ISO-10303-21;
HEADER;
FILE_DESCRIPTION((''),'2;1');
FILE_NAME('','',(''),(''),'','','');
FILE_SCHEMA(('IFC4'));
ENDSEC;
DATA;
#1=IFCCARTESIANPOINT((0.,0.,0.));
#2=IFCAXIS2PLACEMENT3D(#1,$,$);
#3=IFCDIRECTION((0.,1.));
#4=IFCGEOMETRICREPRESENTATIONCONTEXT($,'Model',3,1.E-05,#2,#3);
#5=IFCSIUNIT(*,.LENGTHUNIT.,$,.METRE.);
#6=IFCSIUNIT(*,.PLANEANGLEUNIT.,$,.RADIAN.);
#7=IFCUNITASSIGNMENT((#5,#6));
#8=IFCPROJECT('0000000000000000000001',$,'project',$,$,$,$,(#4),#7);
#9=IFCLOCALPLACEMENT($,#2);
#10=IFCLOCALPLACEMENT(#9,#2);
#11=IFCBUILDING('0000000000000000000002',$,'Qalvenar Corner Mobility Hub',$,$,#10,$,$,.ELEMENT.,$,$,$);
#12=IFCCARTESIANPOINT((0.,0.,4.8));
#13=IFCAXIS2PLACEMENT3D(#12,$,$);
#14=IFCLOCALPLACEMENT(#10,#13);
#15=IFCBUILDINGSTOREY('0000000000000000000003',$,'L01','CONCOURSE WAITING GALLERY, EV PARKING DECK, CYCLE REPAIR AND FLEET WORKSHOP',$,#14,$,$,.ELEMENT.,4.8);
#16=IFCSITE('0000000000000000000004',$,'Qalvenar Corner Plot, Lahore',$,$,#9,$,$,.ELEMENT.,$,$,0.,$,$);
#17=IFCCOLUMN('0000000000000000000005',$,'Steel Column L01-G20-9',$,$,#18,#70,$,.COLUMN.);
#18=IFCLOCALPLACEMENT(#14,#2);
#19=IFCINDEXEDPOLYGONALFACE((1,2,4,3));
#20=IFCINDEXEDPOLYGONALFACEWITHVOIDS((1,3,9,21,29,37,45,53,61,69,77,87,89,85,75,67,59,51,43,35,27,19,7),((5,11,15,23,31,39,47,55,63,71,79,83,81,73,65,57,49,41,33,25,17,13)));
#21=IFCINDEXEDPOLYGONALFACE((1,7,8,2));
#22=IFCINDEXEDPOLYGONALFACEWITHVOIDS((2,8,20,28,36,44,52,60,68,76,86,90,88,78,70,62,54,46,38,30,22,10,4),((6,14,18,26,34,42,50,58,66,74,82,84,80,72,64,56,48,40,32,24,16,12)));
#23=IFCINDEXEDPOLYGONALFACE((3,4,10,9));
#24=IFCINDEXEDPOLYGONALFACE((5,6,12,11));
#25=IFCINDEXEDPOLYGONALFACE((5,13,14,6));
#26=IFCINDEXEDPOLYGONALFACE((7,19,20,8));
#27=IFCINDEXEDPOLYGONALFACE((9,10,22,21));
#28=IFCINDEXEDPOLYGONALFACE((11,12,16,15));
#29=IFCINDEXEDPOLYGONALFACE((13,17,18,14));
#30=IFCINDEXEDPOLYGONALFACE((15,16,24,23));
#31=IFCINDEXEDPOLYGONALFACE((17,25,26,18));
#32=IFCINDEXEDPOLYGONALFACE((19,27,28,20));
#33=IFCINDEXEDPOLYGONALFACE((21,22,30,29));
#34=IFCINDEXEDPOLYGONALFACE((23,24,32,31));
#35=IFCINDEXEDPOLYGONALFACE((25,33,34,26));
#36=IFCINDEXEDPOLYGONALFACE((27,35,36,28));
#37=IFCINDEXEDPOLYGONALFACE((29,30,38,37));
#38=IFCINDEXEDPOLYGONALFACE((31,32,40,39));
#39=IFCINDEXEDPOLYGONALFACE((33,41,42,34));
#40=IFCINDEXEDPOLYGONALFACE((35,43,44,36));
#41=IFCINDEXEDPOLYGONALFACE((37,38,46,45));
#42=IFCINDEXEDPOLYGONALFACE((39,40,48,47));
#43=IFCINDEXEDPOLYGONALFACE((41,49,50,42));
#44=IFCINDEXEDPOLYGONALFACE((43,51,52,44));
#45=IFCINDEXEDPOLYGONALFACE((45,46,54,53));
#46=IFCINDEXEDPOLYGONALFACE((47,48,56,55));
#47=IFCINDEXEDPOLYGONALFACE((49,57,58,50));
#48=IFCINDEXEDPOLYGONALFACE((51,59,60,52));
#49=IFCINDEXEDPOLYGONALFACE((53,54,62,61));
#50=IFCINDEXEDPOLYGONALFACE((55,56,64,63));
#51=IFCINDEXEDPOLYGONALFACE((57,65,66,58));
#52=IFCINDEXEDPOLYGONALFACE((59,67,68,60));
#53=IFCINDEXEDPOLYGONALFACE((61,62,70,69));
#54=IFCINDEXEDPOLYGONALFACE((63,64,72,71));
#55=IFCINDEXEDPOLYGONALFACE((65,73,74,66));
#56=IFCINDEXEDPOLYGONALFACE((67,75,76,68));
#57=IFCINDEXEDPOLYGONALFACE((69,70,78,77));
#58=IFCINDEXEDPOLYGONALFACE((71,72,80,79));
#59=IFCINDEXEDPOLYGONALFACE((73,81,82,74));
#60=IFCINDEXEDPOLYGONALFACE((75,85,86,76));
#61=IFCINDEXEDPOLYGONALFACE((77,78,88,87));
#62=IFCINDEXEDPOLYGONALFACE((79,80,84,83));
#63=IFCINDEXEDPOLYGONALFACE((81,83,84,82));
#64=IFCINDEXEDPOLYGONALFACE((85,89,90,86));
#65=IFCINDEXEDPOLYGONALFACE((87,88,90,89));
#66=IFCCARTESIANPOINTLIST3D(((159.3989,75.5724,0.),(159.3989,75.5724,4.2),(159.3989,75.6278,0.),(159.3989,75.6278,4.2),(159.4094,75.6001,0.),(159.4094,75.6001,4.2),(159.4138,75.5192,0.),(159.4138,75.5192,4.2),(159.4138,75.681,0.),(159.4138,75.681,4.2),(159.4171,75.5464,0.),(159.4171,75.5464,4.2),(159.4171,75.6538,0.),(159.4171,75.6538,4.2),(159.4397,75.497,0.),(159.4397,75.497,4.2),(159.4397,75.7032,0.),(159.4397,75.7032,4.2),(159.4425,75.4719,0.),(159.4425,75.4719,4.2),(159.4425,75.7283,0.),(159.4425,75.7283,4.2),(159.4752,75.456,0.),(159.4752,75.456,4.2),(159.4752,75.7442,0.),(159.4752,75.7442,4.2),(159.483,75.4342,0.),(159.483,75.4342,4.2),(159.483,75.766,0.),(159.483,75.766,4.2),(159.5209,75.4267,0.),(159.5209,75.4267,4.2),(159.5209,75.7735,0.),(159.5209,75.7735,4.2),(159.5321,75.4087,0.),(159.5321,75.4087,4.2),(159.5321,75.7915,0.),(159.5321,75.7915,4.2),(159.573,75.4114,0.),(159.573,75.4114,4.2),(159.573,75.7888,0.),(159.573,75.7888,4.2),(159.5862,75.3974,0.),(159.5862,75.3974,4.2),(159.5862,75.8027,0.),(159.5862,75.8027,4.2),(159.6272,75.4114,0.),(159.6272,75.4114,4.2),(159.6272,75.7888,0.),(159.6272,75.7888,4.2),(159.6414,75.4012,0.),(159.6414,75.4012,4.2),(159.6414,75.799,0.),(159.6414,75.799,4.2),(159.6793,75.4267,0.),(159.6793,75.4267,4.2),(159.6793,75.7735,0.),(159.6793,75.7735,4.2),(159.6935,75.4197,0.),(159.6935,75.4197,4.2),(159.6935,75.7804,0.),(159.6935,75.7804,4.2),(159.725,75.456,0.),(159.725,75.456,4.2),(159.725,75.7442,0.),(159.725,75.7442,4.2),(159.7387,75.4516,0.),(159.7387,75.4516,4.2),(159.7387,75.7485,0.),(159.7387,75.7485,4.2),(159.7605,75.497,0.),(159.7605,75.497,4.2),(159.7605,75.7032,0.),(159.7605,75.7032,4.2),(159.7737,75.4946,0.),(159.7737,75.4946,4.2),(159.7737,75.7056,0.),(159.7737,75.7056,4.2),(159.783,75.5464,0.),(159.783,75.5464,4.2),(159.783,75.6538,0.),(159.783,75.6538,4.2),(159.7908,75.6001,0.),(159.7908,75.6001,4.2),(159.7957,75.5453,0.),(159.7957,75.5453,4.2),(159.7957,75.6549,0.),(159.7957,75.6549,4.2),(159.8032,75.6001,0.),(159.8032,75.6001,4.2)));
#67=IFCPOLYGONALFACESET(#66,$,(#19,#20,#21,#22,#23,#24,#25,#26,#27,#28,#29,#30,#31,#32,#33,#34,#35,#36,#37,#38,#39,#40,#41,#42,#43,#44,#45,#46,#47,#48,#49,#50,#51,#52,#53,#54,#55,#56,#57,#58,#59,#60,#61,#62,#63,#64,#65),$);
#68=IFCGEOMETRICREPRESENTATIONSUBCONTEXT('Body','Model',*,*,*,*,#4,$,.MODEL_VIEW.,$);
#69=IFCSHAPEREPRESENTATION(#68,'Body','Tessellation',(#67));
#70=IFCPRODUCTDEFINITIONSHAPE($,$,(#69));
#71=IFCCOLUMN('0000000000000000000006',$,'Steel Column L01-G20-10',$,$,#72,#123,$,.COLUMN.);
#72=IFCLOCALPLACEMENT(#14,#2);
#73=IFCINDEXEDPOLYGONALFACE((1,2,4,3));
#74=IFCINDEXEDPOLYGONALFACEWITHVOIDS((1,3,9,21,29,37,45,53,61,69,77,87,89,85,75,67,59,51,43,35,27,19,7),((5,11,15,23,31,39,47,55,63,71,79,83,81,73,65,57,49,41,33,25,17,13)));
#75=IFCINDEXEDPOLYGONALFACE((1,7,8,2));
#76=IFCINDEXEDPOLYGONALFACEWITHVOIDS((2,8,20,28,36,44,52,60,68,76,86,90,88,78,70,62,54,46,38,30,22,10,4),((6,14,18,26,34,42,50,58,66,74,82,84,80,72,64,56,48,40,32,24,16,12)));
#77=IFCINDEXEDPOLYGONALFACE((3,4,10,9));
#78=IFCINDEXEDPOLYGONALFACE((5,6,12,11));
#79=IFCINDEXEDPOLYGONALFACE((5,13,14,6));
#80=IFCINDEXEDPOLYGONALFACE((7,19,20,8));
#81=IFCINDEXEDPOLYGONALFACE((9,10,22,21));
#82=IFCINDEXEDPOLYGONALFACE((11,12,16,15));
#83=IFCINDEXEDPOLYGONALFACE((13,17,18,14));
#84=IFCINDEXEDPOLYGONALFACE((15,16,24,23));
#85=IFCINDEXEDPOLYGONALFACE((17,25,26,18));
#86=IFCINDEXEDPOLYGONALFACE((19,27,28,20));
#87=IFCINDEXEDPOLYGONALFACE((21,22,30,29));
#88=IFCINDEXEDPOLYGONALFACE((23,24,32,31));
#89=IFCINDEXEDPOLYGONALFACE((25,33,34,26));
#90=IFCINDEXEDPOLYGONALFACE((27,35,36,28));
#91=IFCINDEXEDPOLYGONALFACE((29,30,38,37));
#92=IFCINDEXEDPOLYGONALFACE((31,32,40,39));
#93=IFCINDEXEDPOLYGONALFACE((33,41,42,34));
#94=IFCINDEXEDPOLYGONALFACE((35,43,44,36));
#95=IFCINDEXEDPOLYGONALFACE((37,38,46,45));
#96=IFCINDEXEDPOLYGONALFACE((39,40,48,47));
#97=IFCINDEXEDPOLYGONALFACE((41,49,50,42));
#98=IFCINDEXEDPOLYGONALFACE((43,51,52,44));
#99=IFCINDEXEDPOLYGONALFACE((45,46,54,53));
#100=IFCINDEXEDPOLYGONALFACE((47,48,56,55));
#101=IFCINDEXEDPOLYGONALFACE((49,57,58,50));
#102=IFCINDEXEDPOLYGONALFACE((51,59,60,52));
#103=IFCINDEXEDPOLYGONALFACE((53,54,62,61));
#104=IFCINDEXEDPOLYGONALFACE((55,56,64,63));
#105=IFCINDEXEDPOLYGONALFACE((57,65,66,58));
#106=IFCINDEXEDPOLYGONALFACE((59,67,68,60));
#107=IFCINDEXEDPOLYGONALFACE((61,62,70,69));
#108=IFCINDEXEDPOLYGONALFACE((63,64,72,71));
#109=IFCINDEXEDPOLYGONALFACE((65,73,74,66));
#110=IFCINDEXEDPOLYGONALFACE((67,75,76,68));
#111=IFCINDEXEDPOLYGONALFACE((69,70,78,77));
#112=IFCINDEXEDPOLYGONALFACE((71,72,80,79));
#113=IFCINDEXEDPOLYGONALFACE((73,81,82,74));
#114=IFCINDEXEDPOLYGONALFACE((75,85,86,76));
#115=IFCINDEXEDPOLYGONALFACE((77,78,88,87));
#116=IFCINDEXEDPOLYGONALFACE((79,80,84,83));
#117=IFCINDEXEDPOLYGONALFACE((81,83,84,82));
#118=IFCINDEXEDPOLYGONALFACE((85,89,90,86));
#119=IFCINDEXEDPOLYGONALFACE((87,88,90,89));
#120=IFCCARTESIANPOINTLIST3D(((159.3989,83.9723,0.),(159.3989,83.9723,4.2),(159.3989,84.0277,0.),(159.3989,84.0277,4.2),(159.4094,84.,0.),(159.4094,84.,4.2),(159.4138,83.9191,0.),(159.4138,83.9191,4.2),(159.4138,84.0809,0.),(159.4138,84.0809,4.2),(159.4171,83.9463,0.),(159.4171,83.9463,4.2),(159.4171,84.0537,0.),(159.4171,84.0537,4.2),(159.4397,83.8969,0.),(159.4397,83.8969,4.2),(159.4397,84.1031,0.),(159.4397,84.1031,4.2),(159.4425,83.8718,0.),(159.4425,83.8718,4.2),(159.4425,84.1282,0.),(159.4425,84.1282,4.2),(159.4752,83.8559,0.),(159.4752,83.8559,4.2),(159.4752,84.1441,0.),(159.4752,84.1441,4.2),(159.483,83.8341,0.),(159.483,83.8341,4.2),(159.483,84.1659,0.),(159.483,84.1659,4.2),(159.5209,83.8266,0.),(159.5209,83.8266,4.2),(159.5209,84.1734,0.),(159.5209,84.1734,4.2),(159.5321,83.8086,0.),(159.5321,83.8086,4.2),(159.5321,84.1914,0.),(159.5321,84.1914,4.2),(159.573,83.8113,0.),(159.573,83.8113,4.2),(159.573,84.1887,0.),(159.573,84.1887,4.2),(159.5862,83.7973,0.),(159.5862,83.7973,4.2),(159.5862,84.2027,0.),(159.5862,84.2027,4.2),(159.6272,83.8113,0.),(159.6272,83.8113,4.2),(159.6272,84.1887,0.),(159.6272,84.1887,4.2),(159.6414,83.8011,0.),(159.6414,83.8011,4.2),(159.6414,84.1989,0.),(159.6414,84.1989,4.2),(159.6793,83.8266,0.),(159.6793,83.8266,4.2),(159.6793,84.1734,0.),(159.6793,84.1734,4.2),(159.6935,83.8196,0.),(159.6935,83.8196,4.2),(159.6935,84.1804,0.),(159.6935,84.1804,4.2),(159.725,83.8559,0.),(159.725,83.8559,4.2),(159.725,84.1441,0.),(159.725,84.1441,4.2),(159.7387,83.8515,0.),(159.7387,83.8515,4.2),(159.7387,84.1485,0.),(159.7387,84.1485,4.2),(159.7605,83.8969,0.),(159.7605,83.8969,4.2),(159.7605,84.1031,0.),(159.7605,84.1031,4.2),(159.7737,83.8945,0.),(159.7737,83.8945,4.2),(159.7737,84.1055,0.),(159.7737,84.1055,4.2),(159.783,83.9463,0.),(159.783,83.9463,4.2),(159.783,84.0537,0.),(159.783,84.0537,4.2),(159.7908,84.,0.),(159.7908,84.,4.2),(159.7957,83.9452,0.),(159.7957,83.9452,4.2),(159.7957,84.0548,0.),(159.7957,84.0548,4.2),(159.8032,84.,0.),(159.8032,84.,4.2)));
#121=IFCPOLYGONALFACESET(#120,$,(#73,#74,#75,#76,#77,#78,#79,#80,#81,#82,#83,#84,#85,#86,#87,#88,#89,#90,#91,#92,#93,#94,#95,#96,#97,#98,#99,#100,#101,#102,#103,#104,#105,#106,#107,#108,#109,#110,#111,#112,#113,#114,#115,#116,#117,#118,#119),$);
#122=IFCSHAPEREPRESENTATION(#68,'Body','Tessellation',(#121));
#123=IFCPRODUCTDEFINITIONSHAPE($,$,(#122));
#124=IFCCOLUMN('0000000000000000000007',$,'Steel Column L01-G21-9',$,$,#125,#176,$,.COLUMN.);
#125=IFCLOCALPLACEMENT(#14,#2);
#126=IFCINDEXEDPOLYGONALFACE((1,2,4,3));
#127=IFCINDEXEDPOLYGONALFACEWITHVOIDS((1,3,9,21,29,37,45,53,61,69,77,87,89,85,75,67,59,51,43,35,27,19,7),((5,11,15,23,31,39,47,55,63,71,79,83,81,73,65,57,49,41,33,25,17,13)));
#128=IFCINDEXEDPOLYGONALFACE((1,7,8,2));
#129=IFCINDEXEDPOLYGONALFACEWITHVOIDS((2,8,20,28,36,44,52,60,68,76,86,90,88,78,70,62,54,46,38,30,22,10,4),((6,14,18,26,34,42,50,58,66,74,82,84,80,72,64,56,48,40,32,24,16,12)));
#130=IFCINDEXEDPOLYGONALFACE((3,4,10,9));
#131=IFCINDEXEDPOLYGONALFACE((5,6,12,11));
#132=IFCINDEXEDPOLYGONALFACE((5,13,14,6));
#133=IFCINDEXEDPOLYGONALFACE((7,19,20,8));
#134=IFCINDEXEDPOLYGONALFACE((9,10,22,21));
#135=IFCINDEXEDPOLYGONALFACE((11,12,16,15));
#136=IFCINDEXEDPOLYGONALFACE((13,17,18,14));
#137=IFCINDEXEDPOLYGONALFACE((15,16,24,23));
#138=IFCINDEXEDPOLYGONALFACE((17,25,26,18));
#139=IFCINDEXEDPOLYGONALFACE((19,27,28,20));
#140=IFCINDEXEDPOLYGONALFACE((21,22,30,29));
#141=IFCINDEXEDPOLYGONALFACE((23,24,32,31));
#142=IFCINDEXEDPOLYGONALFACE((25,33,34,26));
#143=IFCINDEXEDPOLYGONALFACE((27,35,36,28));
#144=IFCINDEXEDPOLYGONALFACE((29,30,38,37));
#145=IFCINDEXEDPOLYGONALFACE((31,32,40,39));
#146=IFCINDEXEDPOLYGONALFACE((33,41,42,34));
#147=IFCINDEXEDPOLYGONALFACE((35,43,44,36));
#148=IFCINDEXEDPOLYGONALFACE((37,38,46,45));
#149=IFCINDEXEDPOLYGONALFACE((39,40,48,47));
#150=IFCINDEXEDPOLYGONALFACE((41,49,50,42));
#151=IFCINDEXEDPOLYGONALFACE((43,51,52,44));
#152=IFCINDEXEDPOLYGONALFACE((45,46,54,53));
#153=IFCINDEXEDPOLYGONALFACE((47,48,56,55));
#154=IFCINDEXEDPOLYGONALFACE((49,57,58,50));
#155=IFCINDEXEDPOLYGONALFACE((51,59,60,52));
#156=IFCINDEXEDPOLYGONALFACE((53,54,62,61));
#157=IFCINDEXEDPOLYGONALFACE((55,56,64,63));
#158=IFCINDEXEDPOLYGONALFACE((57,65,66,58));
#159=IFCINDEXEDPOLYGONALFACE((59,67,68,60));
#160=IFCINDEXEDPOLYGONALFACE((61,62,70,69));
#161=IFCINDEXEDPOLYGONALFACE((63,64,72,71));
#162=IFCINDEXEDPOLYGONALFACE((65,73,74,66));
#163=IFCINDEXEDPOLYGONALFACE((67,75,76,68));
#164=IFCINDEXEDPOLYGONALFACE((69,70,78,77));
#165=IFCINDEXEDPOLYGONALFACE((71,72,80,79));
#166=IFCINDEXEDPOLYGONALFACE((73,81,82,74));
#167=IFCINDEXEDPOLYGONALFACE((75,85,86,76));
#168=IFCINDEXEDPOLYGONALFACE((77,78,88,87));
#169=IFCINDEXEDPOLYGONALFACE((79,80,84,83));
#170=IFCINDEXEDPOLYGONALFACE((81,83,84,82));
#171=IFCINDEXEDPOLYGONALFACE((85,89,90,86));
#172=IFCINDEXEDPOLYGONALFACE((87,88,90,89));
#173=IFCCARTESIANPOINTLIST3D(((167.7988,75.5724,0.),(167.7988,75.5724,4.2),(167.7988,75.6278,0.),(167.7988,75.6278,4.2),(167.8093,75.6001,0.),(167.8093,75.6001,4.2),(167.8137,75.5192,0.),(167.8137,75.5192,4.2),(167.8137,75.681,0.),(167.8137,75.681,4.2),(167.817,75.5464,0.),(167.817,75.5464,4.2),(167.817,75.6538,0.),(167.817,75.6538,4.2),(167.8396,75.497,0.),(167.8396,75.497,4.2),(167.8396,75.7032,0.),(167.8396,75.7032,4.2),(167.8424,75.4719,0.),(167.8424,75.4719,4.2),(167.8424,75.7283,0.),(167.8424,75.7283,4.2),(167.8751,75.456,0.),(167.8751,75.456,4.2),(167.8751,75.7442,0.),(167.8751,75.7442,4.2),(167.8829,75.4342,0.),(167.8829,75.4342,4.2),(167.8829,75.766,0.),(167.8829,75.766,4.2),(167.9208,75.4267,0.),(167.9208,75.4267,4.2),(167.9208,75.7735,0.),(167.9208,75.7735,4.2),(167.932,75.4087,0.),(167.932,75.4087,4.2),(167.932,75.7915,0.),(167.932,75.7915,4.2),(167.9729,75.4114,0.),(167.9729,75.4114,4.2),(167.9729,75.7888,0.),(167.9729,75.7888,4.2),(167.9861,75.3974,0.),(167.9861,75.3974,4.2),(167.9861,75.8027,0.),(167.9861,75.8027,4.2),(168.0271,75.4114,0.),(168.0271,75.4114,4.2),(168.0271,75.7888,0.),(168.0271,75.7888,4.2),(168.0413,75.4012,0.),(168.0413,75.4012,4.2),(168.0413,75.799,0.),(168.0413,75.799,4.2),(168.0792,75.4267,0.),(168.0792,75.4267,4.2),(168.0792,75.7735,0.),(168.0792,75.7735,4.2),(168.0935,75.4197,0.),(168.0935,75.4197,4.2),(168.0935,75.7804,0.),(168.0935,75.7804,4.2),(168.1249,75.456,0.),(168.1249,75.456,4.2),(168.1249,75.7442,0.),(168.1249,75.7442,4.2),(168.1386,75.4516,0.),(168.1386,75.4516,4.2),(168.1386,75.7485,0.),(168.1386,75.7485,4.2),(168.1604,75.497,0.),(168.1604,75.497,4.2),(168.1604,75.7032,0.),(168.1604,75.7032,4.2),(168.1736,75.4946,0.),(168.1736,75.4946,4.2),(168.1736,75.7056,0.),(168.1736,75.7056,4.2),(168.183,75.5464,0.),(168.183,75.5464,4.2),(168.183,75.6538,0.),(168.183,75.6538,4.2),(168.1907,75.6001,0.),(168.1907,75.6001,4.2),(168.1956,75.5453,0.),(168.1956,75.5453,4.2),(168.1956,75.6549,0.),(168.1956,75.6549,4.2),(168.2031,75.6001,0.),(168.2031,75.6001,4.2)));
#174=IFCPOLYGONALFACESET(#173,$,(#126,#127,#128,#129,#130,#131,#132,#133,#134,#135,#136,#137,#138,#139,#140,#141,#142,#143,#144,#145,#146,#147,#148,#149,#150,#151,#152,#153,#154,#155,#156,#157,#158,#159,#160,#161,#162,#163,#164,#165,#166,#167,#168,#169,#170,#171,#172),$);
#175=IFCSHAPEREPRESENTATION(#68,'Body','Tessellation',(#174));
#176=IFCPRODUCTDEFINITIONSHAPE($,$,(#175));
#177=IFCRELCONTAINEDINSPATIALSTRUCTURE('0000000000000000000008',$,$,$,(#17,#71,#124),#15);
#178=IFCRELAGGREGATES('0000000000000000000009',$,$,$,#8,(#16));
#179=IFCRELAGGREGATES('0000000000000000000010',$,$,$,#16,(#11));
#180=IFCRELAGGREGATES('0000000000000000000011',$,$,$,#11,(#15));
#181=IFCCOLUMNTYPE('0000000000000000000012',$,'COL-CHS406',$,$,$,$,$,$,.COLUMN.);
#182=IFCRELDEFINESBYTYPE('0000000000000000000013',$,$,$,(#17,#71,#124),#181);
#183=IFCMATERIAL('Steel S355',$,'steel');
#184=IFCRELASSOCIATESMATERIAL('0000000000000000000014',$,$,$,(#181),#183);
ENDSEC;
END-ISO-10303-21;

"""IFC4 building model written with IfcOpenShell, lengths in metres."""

from ifc_helpers import new_model, si_unit, direction, frame, origin, origin_2d, place, context, subcontext, project, spatial, hollow_circle, extrude, material, material_profile, profile_set, type_object, element, save


model = new_model("IFC4")

# Units and contexts
model_context = context("Model", 3, precision=1e-05, world=origin(), true_north=direction((0.0, 1.0)))
body_context = subcontext(model_context, "Body", "Model", "MODEL_VIEW")
ifc_project = project(units=[si_unit("LENGTHUNIT", "METRE"), si_unit("PLANEANGLEUNIT", "RADIAN")], contexts=[model_context])

# Site, building, storey
site_placement = place(None, origin())
site = spatial("IfcSite", under=ifc_project, at=site_placement, Name="Qalvenar Corner Plot, Lahore", CompositionType="ELEMENT", RefElevation=0.0)
building_placement = place(site_placement, origin())
building = spatial("IfcBuilding", under=site, at=building_placement, Name="Qalvenar Corner Mobility Hub", CompositionType="ELEMENT")
storey_placement = place(building_placement, frame((0.0, 0.0, 4.8)))
storey = spatial("IfcBuildingStorey", under=building, at=storey_placement, Name="L01", Description="CONCOURSE WAITING GALLERY, EV PARKING DECK, CYCLE REPAIR AND FLEET WORKSHOP", CompositionType="ELEMENT", Elevation=4.8)

# Columns
ifc_material_1 = material(Name="Steel S355", Category="steel")
ifc_material_profile_1 = material_profile(ifc_material_1, hollow_circle(Radius=0.2031, WallThickness=0.0125, at=origin_2d()), Name="CHS406.4x12.5")
ifc_profile_set_1 = profile_set([ifc_material_profile_1], Name="Steel S355")
column_type = type_object("IfcColumnType", Name="COL-CHS406", PredefinedType="COLUMN", material=ifc_profile_set_1)
for number, where, z_axis, x_axis, name in (
    (1, (159.6001, 75.6001, 0.0), (0.0, 0.0, 1.0), (1.0, 0.0, 0.0), "Steel Column L01-G20-9"),
    (2, (159.6001, 84.0, 0.0), (0.0, 0.0, 1.0), (1.0, 0.0, 0.0), "Steel Column L01-G20-10"),
    (3, (168.0, 75.6001, 0.0), (0.0, 0.0, 1.0), (1.0, 0.0, 0.0), "Steel Column L01-G21-9"),
):
    element("IfcColumn", number, at=place(storey_placement, frame(where, z_axis=z_axis, x_axis=x_axis)), inside=storey, type_object=column_type, Name=name, PredefinedType="COLUMN", context=body_context, shape_type="SweptSolid", body=[
        extrude(hollow_circle(Radius=0.2031, WallThickness=0.0125, at=origin_2d()), origin(), (0.0, 0.0, 1.0), 4.2),
    ])

save(model, "model.ifc")
